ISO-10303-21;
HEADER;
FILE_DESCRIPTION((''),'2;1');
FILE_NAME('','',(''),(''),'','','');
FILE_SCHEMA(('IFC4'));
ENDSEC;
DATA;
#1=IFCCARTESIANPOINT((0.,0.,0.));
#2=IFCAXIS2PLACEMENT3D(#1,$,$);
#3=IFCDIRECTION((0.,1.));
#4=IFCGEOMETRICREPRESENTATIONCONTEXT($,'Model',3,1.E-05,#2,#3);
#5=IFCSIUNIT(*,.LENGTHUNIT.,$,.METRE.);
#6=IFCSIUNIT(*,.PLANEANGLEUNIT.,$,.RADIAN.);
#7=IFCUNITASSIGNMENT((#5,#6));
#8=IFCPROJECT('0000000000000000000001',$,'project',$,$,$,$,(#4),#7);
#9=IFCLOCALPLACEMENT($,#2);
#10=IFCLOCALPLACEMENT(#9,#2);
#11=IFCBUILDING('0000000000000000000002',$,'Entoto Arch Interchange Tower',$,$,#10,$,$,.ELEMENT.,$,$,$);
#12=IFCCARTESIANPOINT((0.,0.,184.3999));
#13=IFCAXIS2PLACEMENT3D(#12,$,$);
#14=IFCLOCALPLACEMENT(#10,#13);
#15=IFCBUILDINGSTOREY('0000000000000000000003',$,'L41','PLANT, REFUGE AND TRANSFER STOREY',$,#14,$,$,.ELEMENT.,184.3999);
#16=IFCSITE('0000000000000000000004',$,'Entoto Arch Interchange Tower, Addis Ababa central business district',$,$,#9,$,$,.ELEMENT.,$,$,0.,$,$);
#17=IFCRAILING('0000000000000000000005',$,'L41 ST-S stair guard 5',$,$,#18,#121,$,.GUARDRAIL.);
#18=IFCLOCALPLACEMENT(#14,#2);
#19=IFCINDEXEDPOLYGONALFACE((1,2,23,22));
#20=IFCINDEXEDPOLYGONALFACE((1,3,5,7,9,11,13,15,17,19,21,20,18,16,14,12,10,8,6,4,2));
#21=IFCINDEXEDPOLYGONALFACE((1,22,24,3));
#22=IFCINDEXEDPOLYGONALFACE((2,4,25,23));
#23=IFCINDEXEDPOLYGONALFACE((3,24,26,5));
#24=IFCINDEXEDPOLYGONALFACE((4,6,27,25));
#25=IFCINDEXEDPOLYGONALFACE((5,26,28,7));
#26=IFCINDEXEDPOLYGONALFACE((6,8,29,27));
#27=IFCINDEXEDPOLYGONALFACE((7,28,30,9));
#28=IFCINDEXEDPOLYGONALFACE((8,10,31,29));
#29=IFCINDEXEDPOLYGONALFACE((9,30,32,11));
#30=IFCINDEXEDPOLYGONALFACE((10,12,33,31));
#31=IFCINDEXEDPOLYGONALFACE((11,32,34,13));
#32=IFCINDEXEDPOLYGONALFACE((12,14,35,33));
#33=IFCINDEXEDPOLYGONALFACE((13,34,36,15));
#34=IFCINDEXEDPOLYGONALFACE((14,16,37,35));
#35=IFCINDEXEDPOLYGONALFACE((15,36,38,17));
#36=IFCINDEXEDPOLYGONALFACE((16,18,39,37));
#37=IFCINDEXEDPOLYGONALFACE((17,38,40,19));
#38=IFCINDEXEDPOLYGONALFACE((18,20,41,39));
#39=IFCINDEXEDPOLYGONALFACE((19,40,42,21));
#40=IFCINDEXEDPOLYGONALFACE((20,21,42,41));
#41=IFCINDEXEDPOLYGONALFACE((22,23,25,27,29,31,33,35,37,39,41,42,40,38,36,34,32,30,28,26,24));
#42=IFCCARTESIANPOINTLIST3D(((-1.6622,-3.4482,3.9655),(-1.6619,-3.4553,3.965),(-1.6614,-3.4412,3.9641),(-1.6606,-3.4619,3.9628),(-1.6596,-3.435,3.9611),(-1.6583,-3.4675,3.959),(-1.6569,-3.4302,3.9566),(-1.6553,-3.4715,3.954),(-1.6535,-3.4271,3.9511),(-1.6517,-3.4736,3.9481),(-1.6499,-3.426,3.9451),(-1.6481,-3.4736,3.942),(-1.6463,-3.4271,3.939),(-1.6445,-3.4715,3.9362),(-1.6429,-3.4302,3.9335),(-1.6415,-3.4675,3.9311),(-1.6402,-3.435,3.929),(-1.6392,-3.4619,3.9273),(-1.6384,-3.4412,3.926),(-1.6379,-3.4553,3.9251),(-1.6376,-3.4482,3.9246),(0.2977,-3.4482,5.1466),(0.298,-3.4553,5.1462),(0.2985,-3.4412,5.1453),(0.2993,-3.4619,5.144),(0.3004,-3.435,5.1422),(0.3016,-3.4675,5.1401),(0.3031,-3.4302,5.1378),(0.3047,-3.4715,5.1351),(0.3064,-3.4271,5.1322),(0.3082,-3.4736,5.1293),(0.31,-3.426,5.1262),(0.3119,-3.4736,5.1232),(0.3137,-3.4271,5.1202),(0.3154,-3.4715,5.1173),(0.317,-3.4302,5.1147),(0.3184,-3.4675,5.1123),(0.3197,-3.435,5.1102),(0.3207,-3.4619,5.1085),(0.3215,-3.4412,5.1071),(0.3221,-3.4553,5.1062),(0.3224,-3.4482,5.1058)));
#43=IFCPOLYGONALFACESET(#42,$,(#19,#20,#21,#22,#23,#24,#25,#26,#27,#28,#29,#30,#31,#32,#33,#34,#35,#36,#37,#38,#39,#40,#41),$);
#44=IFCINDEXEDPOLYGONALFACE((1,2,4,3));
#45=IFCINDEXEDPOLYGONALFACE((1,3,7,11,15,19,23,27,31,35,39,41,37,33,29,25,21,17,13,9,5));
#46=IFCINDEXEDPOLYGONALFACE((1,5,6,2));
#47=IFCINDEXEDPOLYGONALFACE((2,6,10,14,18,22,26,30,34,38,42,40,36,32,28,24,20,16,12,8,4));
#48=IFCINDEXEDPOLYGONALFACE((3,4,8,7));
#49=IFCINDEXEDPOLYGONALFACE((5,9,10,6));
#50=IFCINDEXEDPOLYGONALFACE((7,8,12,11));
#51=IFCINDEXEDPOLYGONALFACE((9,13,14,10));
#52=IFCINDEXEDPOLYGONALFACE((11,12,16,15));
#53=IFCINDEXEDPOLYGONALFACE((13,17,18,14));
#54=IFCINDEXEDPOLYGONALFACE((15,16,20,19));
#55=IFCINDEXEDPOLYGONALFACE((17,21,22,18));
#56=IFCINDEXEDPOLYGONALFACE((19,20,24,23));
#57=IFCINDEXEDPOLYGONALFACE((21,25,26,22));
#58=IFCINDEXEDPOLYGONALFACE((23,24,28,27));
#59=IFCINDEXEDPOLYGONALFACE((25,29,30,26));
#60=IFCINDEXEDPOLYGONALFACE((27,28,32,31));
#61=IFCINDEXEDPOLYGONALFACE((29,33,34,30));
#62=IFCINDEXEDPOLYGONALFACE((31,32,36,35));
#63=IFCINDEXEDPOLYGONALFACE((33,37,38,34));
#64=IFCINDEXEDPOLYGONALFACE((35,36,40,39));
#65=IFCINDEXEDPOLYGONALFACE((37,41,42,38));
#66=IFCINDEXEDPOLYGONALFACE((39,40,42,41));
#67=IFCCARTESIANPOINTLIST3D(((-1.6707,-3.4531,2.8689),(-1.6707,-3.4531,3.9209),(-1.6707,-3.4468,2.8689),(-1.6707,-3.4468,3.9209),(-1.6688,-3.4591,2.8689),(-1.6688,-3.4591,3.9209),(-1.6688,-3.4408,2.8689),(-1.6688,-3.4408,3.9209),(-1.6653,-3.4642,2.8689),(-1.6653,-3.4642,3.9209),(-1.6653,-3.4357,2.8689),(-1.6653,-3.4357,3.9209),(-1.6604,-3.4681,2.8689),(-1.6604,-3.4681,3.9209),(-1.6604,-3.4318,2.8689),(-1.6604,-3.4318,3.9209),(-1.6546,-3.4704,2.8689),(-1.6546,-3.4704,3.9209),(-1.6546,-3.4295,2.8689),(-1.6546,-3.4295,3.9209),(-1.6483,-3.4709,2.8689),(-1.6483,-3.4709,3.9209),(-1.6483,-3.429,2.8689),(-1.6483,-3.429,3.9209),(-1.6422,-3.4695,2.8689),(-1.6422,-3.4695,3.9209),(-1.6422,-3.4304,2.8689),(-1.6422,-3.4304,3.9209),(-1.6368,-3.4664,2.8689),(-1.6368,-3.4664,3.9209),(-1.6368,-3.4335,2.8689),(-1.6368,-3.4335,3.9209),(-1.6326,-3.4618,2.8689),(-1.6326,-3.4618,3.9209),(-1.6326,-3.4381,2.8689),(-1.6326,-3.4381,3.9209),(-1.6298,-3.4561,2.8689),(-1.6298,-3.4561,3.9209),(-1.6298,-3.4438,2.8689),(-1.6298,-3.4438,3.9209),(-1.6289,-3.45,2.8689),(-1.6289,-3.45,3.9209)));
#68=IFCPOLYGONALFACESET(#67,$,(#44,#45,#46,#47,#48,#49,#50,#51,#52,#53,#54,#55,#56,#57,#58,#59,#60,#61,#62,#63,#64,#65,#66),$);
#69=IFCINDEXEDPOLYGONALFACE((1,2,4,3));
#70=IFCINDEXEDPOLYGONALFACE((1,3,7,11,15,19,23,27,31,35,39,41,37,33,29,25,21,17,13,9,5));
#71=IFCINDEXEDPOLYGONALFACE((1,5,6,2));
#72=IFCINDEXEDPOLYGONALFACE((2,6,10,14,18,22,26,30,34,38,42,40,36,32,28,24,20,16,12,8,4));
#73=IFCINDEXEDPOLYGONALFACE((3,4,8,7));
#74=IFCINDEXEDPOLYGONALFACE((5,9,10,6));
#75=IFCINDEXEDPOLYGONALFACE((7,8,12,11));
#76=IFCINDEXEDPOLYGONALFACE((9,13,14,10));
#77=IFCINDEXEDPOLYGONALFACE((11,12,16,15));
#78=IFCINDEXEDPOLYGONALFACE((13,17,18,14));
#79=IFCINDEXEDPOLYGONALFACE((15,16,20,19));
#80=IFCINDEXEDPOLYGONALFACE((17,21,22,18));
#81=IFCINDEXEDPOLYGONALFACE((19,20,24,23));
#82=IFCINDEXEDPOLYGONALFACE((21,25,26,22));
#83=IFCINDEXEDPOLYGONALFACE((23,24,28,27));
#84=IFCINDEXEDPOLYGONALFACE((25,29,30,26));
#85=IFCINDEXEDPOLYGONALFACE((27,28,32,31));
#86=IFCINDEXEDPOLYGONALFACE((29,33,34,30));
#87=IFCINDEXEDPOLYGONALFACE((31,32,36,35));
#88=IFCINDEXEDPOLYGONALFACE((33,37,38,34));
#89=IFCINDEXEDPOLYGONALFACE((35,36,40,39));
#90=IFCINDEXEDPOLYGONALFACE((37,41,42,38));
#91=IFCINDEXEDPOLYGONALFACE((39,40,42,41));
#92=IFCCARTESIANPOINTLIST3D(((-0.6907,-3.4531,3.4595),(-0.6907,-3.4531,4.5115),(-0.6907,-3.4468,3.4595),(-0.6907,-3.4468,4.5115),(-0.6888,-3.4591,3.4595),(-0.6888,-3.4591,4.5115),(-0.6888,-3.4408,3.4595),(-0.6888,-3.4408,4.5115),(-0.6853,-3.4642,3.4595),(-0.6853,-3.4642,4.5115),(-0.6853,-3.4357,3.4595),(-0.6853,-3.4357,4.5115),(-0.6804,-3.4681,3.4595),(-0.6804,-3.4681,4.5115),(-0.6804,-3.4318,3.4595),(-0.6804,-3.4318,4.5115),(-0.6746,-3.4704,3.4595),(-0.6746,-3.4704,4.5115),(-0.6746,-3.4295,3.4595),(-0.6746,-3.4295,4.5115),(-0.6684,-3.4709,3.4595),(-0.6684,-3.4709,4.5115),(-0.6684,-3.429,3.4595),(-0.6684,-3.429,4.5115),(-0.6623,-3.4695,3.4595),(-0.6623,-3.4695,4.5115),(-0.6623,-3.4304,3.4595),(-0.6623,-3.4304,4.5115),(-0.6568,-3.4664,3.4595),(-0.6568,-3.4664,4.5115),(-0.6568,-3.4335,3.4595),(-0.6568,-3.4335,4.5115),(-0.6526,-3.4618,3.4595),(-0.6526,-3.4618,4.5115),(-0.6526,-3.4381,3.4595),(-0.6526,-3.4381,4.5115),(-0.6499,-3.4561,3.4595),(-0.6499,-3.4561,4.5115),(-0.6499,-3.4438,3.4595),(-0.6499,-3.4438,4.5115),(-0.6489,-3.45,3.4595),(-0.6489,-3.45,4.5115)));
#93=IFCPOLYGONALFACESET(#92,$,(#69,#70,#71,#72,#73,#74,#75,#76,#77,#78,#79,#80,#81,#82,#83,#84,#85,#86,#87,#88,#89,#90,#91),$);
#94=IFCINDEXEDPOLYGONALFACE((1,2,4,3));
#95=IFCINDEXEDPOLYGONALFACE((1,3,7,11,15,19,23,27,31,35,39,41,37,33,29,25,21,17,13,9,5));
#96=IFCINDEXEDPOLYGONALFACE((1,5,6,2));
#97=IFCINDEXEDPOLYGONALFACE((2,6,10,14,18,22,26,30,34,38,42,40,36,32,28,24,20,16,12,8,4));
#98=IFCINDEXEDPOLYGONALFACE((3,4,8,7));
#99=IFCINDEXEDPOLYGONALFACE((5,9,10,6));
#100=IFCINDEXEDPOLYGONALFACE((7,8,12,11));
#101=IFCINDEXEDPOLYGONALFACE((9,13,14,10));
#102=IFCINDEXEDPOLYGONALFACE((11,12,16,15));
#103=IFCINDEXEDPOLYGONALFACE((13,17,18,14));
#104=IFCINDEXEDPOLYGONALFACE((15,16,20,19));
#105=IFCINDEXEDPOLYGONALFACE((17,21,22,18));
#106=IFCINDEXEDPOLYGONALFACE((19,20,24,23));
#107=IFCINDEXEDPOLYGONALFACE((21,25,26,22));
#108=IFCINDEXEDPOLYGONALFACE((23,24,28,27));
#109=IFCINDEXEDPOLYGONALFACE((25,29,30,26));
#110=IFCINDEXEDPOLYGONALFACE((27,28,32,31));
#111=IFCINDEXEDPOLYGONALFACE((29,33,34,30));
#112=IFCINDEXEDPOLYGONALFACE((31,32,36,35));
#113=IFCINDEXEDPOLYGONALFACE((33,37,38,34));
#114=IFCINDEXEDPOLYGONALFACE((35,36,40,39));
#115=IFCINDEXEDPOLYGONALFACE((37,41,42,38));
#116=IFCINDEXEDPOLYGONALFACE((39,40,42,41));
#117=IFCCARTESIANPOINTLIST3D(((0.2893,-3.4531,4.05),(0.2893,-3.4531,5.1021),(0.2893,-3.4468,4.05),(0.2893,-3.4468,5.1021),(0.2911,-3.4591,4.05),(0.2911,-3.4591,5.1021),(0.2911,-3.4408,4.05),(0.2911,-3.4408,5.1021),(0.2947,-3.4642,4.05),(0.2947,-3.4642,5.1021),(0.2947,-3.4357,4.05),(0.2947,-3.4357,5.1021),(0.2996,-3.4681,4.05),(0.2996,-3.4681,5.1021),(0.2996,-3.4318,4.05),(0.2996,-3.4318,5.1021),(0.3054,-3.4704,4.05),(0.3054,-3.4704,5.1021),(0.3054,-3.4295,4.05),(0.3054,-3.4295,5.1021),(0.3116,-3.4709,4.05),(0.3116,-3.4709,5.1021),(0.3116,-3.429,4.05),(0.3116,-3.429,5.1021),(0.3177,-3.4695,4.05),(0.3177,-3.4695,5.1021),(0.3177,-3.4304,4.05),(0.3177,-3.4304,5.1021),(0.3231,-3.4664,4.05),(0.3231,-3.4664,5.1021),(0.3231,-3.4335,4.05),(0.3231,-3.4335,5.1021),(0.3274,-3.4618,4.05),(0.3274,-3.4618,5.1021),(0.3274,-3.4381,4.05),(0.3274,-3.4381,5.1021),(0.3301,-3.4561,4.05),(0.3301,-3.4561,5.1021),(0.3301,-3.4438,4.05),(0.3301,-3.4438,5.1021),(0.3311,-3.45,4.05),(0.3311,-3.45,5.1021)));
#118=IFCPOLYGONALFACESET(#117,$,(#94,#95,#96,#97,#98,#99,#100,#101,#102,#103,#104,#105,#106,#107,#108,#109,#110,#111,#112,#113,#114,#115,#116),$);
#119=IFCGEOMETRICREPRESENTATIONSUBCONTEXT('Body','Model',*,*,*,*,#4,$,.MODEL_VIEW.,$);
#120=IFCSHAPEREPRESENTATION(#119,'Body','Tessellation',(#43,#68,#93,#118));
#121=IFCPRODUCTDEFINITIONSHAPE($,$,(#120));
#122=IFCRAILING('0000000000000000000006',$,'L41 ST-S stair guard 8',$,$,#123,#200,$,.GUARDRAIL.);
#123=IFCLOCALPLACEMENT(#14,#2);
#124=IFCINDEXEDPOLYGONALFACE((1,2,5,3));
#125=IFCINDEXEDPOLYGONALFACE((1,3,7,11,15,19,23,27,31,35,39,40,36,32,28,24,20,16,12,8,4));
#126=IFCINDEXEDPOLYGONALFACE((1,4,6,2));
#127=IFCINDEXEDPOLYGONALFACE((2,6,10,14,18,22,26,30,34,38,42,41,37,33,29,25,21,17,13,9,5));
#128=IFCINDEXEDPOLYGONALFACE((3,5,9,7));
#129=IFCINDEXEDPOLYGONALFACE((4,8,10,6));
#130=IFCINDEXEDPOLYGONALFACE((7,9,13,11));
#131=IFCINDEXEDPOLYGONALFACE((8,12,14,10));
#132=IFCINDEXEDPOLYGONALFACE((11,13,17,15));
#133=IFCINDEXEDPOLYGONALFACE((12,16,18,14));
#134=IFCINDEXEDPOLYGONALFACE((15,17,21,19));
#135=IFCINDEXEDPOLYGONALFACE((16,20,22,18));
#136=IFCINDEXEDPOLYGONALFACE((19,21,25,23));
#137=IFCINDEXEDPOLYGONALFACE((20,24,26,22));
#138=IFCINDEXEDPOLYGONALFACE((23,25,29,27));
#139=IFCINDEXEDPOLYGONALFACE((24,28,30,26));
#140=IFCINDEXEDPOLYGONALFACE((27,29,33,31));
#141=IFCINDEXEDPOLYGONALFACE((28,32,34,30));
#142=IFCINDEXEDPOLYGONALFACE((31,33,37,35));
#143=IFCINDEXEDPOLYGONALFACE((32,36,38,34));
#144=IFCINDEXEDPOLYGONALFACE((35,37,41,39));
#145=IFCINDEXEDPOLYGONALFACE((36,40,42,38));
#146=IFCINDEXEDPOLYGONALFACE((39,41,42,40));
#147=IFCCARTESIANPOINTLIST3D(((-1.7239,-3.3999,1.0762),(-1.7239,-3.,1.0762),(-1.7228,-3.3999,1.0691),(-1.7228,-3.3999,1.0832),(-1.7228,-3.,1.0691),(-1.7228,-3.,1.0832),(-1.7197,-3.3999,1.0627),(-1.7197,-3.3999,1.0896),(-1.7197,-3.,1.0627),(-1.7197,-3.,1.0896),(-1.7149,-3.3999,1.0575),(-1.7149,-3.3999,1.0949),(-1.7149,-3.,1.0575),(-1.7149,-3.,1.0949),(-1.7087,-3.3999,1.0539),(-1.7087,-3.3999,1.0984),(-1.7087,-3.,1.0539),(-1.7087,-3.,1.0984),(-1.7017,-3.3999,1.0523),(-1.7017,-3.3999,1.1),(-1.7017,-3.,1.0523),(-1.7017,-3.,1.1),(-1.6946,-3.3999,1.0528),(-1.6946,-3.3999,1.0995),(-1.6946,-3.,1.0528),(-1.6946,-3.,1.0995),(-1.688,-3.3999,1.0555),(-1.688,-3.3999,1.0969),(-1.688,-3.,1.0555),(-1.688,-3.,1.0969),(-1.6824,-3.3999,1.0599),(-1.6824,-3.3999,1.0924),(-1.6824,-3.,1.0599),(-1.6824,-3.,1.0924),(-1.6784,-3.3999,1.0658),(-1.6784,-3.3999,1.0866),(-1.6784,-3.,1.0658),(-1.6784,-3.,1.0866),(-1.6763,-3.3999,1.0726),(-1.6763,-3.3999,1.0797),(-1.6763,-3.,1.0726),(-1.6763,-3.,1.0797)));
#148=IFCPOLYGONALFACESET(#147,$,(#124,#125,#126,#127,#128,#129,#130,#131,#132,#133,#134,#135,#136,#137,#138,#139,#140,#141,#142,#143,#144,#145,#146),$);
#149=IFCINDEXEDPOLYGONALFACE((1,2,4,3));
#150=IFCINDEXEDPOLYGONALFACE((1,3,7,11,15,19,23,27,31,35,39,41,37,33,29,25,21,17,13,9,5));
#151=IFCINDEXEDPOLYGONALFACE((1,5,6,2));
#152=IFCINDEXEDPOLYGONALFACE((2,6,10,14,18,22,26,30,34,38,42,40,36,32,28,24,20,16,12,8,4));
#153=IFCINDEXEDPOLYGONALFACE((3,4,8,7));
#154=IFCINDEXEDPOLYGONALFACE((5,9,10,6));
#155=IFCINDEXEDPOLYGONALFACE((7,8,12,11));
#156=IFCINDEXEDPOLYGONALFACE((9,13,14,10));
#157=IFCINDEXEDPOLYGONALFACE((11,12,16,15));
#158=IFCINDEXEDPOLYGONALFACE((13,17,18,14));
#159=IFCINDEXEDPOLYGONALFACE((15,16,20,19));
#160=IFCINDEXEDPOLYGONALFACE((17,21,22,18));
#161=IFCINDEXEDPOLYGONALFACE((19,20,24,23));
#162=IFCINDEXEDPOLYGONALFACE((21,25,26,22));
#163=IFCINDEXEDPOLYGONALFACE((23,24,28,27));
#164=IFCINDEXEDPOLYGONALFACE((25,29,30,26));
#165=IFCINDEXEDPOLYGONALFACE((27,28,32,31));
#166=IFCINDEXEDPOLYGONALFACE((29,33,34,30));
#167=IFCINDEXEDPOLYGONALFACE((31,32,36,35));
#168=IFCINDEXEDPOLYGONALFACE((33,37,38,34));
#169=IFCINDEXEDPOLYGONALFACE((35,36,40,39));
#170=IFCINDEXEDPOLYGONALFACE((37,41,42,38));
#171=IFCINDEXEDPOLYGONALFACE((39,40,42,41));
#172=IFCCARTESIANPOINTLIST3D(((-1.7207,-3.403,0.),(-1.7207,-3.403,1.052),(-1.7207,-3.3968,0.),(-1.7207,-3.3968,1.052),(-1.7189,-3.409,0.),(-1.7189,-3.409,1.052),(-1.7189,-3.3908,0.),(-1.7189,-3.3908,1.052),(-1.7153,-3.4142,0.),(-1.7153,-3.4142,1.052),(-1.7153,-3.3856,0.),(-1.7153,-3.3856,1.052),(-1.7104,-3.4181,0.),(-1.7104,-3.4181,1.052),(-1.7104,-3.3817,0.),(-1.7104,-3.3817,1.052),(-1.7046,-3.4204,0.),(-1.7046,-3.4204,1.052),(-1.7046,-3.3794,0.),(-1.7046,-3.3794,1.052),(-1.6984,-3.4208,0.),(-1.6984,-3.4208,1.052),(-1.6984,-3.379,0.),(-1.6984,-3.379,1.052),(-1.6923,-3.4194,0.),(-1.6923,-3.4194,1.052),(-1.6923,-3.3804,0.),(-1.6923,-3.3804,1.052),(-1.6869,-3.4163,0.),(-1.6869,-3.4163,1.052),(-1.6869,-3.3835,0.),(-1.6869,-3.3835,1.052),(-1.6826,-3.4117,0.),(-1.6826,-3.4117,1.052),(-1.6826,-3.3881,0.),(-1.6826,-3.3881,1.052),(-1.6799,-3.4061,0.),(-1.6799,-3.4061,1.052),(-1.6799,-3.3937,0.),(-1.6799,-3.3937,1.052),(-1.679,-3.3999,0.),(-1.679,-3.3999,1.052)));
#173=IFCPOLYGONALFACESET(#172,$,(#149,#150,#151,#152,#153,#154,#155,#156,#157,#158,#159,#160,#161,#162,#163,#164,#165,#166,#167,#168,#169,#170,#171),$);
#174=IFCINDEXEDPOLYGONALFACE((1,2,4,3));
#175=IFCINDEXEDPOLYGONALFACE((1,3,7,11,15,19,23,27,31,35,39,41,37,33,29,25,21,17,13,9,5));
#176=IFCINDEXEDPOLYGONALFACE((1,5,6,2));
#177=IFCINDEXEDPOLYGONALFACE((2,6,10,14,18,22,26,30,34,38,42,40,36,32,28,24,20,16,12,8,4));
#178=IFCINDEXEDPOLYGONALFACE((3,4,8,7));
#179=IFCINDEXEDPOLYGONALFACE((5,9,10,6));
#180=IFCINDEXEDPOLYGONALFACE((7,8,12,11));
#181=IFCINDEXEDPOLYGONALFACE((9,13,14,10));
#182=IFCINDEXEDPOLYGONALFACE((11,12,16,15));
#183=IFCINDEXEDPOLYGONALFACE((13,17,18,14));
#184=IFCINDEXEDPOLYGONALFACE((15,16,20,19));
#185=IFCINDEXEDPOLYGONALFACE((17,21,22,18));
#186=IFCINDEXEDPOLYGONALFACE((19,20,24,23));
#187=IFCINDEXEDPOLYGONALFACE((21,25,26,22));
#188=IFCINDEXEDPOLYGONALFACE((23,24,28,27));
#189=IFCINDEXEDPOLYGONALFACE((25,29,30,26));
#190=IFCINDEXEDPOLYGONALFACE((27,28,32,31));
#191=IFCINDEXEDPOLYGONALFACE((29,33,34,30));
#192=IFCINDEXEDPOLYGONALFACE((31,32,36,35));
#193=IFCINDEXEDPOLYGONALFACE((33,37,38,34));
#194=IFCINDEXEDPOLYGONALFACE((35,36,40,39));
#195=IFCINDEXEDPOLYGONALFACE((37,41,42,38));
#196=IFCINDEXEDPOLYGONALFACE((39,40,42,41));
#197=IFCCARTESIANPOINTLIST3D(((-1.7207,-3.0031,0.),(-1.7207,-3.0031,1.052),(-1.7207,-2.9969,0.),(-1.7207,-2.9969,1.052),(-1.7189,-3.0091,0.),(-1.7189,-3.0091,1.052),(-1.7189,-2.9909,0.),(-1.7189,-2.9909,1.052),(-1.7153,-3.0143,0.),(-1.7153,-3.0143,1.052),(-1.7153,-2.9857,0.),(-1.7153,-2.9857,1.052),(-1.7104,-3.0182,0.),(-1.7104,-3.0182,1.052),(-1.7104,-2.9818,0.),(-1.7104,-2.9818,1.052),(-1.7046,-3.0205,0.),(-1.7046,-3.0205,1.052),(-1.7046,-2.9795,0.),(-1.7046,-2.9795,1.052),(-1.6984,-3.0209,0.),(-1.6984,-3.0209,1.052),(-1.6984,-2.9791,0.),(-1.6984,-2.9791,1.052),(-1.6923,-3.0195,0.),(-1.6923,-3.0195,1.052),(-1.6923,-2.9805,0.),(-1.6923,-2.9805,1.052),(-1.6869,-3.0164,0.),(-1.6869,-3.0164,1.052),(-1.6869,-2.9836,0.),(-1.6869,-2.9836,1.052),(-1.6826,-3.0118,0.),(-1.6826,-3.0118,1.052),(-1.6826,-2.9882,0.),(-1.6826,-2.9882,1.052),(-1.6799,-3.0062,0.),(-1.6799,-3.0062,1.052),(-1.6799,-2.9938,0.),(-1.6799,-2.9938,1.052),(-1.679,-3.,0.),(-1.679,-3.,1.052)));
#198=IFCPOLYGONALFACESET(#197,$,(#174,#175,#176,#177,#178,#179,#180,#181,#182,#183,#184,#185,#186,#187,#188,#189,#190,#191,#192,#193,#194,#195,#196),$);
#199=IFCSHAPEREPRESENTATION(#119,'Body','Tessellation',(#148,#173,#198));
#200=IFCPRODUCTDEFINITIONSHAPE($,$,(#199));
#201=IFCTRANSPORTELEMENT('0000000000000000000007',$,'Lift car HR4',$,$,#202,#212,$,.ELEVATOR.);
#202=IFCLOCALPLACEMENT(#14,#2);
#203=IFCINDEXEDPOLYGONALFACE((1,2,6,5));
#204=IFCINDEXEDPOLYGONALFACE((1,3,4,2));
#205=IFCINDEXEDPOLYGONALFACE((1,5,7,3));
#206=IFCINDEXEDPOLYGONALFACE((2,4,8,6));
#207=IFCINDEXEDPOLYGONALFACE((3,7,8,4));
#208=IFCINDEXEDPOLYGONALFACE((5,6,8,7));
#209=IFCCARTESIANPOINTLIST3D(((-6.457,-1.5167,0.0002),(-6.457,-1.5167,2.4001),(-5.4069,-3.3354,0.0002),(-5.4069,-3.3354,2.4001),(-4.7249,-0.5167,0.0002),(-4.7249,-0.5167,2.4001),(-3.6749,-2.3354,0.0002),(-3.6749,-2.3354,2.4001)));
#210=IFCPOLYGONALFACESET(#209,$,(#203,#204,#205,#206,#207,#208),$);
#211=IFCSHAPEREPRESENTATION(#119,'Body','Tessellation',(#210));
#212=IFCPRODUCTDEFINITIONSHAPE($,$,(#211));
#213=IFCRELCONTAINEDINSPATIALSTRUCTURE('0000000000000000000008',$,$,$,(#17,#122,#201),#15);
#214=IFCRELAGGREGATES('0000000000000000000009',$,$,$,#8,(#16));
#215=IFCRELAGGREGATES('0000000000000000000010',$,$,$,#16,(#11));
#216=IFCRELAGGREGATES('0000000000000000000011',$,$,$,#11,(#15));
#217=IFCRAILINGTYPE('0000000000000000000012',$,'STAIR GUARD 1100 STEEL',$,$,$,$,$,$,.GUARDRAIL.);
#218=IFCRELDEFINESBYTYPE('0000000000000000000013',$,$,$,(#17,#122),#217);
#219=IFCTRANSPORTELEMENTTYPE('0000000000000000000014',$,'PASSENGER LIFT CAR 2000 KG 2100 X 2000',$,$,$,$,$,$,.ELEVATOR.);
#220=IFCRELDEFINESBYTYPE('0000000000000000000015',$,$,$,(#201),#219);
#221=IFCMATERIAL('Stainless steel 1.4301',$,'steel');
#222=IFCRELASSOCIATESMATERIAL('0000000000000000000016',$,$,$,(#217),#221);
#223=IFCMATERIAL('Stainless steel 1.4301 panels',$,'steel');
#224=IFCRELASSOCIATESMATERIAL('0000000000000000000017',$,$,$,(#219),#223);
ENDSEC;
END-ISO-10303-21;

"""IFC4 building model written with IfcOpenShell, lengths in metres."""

from ifc_helpers import new_model, si_unit, direction, frame, origin, origin_2d, place, context, subcontext, project, spatial, rectangle, circle, extrude, material, type_object, element, save


model = new_model("IFC4")

# Units and contexts
model_context = context("Model", 3, precision=1e-05, world=origin(), true_north=direction((0.0, 1.0)))
body_context = subcontext(model_context, "Body", "Model", "MODEL_VIEW")
ifc_project = project(units=[si_unit("LENGTHUNIT", "METRE"), si_unit("PLANEANGLEUNIT", "RADIAN")], contexts=[model_context])

# Site, building, storey
site_placement = place(None, origin())
site = spatial("IfcSite", under=ifc_project, at=site_placement, Name="Entoto Arch Interchange Tower, Addis Ababa central business district", CompositionType="ELEMENT", RefElevation=0.0)
building_placement = place(site_placement, origin())
building = spatial("IfcBuilding", under=site, at=building_placement, Name="Entoto Arch Interchange Tower", CompositionType="ELEMENT")
storey_placement = place(building_placement, frame((0.0, 0.0, 184.3999)))
storey = spatial("IfcBuildingStorey", under=building, at=storey_placement, Name="L41", Description="PLANT, REFUGE AND TRANSFER STOREY", CompositionType="ELEMENT", Elevation=184.3999)

# Railings
ifc_material_1 = material(Name="Stainless steel 1.4301", Category="steel")
railing_type = type_object("IfcRailingType", Name="STAIR GUARD 1100 STEEL", PredefinedType="GUARDRAIL", material=ifc_material_1)
railing_1_placement = place(storey_placement, frame((-1.6499, -3.45, 2.8689)))
element("IfcRailing", 1, at=railing_1_placement, inside=storey, type_object=railing_type, Name="L41 ST-S stair guard 5", PredefinedType="GUARDRAIL", context=body_context, shape_type="SweptSolid", body=[
    extrude(circle(Radius=0.0239, at=origin_2d()), frame((0.0, 0.0, 1.0762), z_axis=(0.856493, 0.0, 0.516158), x_axis=(0.0, 1.0, 0.0)), (0.0, 0.0, 1.0), 2.2883),
    extrude(circle(Radius=0.021, at=origin_2d()), origin(), (0.0, 0.0, 1.0), 1.052),
    extrude(circle(Radius=0.021, at=origin_2d()), frame((0.98, 0.0, 0.5906)), (0.0, 0.0, 1.0), 1.052),
    extrude(circle(Radius=0.021, at=origin_2d()), frame((1.96, 0.0, 1.1812)), (0.0, 0.0, 1.0), 1.052),
])
railing_2_placement = place(storey_placement, frame((-1.7, -3.3999, 0.0)))
element("IfcRailing", 2, at=railing_2_placement, inside=storey, type_object=railing_type, Name="L41 ST-S stair guard 8", PredefinedType="GUARDRAIL", context=body_context, shape_type="SweptSolid", body=[
    extrude(circle(Radius=0.0239, at=origin_2d()), frame((0.0, 0.0, 1.0762), z_axis=(0.0, 1.0, 0.0), x_axis=(-1.0, 0.0, 0.0)), (0.0, 0.0, 1.0), 0.3999),
    extrude(circle(Radius=0.021, at=origin_2d()), origin(), (0.0, 0.0, 1.0), 1.052),
    extrude(circle(Radius=0.021, at=origin_2d()), frame((0.0, 0.3999, 0.0)), (0.0, 0.0, 1.0), 1.052),
])

# Transport element
ifc_material_2 = material(Name="Stainless steel 1.4301 panels", Category="steel")
transport_element_type = type_object("IfcTransportElementType", Name="PASSENGER LIFT CAR 2000 KG 2100 X 2000", PredefinedType="ELEVATOR", material=ifc_material_2)
transport_element_placement = place(storey_placement, frame((-5.0659, -1.926, 0.0002), z_axis=(0.0, 0.0, 1.0), x_axis=(-0.5, 0.866025, 0.0)))
element("IfcTransportElement", 3, at=transport_element_placement, inside=storey, type_object=transport_element_type, Name="Lift car HR4", PredefinedType="ELEVATOR", context=body_context, shape_type="SweptSolid", body=[
    extrude(rectangle(XDim=2.1001, YDim=2.0, at=origin_2d()), origin(), (0.0, 0.0, 1.0), 2.3999),
])

save(model, "model.ifc")
